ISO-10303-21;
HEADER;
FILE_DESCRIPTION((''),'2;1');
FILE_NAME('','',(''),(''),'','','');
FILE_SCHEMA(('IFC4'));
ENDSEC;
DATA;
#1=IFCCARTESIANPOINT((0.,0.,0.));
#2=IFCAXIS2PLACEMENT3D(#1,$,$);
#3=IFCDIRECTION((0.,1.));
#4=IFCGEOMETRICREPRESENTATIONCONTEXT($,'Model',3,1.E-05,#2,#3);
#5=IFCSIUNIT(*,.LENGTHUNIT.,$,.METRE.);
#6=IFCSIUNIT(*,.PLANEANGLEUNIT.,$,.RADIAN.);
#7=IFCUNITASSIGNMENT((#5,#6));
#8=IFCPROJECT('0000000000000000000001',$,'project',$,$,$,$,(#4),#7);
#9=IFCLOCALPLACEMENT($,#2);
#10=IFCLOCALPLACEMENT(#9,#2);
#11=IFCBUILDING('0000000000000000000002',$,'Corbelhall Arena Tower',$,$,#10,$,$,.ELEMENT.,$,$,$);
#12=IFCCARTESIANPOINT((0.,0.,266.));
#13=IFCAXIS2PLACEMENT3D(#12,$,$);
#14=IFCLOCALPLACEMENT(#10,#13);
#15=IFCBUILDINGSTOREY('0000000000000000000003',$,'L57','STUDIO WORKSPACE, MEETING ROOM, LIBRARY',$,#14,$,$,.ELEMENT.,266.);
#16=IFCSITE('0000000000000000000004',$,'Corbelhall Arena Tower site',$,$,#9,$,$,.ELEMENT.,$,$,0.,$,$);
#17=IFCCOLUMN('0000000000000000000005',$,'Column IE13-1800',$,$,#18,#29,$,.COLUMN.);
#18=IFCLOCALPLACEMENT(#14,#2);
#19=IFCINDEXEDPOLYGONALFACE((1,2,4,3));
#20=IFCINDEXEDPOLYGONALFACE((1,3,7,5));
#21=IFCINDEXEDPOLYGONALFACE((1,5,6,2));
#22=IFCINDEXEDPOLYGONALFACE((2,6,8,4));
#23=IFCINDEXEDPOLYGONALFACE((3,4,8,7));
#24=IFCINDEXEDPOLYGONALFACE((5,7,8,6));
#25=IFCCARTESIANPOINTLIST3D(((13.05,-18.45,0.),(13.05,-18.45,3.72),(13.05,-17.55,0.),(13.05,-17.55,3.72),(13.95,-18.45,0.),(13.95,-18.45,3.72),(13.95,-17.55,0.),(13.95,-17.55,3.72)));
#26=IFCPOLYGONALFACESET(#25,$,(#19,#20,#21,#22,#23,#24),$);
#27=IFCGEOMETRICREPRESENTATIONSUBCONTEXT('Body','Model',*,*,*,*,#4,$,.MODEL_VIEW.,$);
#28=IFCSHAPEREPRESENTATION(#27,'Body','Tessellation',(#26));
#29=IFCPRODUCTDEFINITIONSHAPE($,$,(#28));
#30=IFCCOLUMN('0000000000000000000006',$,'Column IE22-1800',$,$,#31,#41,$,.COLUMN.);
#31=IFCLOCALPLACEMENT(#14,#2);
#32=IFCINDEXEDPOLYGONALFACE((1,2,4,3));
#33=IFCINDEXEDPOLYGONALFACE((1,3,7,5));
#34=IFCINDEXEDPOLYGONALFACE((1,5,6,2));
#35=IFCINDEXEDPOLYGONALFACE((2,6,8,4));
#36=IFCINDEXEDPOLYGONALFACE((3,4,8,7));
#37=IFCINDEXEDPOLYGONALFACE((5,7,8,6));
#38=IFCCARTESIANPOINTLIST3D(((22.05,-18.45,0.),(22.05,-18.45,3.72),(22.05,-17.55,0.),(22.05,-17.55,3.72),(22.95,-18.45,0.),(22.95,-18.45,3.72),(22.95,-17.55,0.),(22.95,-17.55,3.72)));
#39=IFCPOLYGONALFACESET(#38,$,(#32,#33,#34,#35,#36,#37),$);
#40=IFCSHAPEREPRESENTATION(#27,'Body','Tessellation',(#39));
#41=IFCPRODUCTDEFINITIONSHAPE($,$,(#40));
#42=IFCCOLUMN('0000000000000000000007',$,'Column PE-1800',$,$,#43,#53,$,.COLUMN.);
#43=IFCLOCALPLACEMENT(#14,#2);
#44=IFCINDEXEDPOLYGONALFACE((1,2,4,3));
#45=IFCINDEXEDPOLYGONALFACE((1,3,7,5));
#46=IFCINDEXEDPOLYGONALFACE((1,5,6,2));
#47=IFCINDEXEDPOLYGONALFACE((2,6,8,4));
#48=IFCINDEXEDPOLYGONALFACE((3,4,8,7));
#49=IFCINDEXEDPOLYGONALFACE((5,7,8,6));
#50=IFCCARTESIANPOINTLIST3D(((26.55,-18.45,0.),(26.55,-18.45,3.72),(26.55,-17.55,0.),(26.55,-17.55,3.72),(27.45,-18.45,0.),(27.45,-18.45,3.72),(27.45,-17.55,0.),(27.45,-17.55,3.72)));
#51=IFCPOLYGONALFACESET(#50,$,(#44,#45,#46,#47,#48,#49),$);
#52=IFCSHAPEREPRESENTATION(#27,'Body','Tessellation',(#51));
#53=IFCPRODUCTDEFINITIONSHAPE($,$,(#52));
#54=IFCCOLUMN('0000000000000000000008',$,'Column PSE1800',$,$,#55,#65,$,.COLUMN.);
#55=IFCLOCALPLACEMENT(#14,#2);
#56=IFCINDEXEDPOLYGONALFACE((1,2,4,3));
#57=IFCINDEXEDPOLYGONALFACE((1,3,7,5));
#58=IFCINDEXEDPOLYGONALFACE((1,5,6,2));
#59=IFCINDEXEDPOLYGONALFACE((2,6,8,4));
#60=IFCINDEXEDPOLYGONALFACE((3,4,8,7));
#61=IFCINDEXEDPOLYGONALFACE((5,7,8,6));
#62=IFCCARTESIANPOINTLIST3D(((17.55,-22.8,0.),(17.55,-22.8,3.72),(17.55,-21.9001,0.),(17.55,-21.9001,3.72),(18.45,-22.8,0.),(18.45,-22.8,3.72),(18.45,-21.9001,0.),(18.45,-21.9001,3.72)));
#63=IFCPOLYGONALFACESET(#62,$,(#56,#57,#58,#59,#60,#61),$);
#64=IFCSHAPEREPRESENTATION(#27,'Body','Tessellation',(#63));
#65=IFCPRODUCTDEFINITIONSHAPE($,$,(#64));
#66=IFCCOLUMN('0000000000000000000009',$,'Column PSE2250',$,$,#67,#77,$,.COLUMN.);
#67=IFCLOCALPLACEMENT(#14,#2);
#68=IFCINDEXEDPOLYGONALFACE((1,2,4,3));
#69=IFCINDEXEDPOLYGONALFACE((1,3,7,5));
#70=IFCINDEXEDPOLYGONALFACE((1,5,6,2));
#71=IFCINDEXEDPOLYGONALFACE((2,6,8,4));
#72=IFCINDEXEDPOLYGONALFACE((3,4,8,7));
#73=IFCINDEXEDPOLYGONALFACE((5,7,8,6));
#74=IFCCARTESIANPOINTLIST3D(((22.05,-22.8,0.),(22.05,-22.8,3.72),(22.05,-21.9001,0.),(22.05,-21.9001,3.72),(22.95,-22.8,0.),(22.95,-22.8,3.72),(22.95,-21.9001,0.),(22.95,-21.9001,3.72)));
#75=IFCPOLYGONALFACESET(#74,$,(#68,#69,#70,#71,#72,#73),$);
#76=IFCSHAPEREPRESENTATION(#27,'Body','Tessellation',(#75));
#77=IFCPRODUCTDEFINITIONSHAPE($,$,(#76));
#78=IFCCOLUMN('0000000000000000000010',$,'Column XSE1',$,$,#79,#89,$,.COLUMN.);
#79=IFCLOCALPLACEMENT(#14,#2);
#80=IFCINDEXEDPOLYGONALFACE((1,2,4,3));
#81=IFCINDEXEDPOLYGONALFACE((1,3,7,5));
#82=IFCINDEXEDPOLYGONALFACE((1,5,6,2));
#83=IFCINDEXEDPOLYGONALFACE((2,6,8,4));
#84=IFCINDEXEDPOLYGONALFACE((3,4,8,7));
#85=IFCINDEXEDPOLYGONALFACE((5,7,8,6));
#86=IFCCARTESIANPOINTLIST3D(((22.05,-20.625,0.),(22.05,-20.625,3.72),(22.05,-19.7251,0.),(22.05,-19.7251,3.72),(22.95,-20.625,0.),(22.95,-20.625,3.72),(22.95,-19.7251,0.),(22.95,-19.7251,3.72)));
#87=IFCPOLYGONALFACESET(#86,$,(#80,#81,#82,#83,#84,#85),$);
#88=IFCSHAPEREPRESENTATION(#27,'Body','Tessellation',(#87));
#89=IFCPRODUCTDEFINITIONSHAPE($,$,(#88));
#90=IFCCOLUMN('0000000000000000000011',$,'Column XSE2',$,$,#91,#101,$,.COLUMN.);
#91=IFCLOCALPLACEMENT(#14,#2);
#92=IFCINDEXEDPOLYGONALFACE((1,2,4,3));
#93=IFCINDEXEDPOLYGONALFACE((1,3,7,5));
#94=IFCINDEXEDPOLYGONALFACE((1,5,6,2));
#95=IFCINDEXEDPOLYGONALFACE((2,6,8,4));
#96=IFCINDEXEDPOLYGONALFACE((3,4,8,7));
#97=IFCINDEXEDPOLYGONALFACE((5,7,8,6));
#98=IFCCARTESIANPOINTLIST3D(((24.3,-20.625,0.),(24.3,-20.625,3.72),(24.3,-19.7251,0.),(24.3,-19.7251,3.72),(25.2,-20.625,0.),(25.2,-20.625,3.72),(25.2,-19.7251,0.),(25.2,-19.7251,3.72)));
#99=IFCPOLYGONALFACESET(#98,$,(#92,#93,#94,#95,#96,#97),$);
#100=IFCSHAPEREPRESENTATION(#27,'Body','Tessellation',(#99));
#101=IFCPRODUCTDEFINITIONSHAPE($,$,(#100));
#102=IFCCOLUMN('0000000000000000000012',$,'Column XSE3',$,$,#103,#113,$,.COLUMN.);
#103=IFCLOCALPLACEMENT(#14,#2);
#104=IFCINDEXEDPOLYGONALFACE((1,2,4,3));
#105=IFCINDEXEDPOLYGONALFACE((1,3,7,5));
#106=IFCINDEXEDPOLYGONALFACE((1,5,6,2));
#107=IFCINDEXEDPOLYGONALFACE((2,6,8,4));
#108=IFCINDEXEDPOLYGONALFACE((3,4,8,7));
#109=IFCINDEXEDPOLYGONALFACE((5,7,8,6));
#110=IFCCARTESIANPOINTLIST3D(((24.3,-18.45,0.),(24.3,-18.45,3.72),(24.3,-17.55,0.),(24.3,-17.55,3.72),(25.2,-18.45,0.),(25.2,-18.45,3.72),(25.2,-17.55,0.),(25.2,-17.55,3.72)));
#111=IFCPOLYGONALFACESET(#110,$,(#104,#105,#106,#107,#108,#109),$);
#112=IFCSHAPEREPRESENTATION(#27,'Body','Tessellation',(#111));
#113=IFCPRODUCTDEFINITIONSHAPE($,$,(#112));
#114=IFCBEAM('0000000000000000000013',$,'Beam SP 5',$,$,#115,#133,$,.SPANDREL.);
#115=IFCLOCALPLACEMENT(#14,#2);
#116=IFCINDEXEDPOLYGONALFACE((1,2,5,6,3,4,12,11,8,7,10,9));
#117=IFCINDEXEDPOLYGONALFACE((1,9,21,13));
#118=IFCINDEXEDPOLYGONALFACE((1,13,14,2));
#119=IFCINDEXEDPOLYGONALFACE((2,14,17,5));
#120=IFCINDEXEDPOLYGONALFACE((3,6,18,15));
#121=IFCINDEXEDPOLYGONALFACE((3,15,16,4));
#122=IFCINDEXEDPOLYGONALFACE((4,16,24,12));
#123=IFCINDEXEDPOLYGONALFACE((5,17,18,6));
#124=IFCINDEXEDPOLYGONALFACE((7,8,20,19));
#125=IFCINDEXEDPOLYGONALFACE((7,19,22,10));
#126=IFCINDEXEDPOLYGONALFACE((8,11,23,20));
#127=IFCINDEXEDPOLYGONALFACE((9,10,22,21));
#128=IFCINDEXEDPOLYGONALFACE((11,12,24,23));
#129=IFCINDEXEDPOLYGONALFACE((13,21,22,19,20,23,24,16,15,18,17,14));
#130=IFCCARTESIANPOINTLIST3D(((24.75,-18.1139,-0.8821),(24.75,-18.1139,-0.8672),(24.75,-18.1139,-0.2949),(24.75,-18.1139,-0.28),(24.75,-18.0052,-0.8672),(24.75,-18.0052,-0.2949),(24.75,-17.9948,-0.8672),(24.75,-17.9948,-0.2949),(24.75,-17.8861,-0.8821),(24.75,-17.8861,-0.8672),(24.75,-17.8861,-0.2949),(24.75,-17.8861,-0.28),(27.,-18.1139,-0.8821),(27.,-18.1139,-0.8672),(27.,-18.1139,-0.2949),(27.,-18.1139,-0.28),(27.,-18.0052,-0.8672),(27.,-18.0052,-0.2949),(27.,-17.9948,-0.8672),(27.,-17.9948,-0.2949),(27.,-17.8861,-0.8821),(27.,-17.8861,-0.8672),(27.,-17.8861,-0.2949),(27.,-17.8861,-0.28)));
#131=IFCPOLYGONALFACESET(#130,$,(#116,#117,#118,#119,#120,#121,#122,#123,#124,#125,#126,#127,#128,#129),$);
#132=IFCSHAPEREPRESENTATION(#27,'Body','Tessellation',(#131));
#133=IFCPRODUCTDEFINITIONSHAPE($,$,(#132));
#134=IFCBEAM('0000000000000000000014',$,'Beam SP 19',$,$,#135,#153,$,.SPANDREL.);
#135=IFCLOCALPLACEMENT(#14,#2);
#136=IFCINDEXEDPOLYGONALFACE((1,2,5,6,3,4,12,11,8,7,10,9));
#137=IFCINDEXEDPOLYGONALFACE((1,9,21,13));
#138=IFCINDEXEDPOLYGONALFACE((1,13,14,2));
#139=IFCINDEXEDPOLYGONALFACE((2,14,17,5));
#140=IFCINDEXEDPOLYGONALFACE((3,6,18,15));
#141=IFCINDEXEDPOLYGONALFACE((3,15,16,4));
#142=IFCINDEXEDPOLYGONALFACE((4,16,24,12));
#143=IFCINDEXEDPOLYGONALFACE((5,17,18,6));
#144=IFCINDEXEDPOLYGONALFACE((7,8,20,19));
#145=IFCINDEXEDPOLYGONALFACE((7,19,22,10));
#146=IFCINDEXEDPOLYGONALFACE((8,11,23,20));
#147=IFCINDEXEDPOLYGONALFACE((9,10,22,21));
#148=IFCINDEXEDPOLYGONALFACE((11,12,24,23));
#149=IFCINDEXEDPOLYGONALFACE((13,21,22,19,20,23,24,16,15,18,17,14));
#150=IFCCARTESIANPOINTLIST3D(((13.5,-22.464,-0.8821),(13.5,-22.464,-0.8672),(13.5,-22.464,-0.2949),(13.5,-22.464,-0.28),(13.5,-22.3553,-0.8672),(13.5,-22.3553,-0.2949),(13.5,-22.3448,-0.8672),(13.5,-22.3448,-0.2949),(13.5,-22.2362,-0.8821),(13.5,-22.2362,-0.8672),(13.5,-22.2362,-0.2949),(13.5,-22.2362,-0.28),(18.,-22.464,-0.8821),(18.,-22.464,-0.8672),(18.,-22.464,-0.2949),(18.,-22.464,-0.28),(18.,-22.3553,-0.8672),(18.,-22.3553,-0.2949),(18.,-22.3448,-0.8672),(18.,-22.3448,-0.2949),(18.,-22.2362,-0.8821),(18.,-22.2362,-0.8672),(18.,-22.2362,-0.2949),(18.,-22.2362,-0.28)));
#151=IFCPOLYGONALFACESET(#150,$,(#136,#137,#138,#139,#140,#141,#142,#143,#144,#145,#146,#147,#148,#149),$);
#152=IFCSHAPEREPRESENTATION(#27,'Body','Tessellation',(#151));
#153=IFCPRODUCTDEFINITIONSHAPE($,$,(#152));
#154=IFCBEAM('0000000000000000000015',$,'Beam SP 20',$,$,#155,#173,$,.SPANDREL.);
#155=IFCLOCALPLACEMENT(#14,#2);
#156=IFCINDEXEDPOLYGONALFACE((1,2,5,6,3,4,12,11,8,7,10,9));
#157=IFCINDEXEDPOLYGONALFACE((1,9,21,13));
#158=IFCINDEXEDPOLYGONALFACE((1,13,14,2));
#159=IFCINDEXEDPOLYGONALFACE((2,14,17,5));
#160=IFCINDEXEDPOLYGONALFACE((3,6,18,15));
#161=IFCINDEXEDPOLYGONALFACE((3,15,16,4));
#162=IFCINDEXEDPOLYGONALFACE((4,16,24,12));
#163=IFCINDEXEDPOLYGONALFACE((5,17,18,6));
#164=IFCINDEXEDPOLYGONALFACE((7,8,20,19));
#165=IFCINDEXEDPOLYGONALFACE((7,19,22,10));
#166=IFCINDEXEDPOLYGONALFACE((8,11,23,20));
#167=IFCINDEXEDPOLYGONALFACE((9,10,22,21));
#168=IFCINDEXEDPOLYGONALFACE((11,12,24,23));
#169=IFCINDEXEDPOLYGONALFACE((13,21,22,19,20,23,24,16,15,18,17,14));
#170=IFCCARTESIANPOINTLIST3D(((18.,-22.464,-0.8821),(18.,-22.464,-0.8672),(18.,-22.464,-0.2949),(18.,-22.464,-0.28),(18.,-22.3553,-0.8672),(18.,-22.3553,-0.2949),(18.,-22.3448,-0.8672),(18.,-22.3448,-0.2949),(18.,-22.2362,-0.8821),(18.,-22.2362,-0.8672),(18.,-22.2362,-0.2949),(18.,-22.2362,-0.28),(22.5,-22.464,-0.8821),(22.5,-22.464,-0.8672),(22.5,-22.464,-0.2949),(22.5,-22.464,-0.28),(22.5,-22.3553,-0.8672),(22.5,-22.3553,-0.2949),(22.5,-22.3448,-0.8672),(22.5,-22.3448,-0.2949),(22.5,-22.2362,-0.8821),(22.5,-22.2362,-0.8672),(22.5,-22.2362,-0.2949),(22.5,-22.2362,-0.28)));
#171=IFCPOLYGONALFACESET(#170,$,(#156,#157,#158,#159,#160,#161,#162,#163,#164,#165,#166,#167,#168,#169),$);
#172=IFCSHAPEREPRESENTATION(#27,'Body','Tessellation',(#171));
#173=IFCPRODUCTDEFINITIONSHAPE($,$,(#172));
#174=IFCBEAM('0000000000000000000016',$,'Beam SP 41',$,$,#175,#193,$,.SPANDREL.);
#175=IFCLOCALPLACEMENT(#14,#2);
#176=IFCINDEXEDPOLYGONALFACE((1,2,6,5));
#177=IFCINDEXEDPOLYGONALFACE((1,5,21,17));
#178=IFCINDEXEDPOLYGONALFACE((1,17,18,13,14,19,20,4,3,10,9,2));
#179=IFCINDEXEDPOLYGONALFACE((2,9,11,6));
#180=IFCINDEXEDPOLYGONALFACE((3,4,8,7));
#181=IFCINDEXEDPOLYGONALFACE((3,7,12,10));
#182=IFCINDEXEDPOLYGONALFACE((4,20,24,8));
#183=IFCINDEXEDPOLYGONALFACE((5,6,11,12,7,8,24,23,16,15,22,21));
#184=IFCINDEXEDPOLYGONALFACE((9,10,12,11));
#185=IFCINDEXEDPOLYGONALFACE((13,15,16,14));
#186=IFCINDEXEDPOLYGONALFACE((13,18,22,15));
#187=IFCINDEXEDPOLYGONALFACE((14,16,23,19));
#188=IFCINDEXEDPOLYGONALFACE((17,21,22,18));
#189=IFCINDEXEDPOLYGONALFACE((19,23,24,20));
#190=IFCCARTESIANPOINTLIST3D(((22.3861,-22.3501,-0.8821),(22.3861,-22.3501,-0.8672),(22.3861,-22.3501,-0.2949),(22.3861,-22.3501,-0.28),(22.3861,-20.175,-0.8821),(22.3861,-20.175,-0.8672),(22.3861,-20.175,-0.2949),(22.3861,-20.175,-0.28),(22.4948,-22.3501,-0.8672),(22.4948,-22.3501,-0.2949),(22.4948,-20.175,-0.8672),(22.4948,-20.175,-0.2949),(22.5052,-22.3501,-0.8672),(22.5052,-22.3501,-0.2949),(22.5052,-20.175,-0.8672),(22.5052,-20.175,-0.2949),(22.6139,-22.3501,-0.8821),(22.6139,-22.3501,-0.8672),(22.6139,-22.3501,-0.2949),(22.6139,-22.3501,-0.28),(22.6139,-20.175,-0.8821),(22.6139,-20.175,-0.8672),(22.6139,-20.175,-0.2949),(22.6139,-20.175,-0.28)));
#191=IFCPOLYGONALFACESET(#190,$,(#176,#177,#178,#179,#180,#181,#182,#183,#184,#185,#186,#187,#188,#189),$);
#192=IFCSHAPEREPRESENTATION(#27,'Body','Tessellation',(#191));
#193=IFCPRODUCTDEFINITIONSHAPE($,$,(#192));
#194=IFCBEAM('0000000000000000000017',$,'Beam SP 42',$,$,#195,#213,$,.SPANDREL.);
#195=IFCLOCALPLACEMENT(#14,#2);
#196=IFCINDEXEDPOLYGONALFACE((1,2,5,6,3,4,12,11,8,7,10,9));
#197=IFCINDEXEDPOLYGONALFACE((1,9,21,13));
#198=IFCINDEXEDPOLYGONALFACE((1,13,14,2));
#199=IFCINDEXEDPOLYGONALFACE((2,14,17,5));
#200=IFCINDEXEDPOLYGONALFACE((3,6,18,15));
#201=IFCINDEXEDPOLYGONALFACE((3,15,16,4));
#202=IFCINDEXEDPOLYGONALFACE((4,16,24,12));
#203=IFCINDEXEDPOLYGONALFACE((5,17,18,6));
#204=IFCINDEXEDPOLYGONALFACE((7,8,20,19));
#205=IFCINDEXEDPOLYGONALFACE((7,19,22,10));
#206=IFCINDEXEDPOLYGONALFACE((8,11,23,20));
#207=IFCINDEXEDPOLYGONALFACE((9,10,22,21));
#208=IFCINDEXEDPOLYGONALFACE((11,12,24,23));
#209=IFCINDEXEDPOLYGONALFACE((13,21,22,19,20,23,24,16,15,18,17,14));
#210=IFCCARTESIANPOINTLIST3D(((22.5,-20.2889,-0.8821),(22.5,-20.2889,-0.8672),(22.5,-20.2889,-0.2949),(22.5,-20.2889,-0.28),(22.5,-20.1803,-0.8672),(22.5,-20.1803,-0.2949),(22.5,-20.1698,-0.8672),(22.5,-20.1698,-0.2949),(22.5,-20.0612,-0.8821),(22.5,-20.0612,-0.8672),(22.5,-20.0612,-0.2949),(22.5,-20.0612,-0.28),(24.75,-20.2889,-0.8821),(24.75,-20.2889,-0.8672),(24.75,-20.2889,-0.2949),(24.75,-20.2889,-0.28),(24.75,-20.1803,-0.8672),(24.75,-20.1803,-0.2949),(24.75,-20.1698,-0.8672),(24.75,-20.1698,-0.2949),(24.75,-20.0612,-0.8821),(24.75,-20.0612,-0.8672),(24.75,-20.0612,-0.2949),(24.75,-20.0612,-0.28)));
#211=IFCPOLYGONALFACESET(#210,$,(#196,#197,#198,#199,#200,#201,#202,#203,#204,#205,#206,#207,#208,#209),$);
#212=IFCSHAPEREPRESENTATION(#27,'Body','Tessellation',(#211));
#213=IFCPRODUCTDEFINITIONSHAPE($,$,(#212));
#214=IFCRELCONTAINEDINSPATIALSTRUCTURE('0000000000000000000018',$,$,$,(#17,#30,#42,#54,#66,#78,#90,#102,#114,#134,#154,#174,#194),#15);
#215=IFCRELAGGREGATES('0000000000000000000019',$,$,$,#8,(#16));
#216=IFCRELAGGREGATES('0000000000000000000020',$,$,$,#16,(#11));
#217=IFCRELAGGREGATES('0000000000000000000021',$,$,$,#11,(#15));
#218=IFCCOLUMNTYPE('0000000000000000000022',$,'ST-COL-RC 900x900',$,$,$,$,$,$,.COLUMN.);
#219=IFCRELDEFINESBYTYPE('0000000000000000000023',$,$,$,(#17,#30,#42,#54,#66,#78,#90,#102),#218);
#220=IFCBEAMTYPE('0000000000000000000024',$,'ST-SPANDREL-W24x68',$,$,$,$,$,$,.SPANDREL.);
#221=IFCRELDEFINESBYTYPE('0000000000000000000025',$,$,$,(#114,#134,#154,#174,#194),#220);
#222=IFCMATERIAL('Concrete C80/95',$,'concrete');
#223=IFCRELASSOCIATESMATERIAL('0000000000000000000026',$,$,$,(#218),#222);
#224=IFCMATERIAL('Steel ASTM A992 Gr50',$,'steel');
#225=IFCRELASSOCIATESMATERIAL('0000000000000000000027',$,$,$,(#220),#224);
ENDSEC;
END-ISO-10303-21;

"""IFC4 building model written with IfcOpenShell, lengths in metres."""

from ifc_helpers import new_model, si_unit, direction, frame, origin, origin_2d, place, context, subcontext, project, spatial, rectangle, i_section, extrude, material, material_profile, profile_set, type_object, element, save


model = new_model("IFC4")

# Units and contexts
model_context = context("Model", 3, precision=1e-05, world=origin(), true_north=direction((0.0, 1.0)))
body_context = subcontext(model_context, "Body", "Model", "MODEL_VIEW")
ifc_project = project(units=[si_unit("LENGTHUNIT", "METRE"), si_unit("PLANEANGLEUNIT", "RADIAN")], contexts=[model_context])

# Site, building, storey
site_placement = place(None, origin())
site = spatial("IfcSite", under=ifc_project, at=site_placement, Name="Corbelhall Arena Tower site", CompositionType="ELEMENT", RefElevation=0.0)
building_placement = place(site_placement, origin())
building = spatial("IfcBuilding", under=site, at=building_placement, Name="Corbelhall Arena Tower", CompositionType="ELEMENT")
storey_placement = place(building_placement, frame((0.0, 0.0, 266.0)))
storey = spatial("IfcBuildingStorey", under=building, at=storey_placement, Name="L57", Description="STUDIO WORKSPACE, MEETING ROOM, LIBRARY", CompositionType="ELEMENT", Elevation=266.0)

# Columns
ifc_material_1 = material(Name="Concrete C80/95", Category="concrete")
ifc_material_profile_1 = material_profile(ifc_material_1, rectangle(XDim=0.8999, YDim=0.8999, at=origin_2d()))
ifc_profile_set_1 = profile_set([ifc_material_profile_1], Name="Concrete C80/95")
column_type = type_object("IfcColumnType", Name="ST-COL-RC 900x900", PredefinedType="COLUMN", material=ifc_profile_set_1)
for number, where, z_axis, x_axis, name in (
    (1, (13.5, -18.0, 0.0), (0.0, 0.0, 1.0), (1.0, 0.0, 0.0), "Column IE13-1800"),
    (2, (22.5, -18.0, 0.0), (0.0, 0.0, 1.0), (1.0, 0.0, 0.0), "Column IE22-1800"),
    (3, (27.0, -18.0, 0.0), (0.0, 0.0, 1.0), (0.0, 1.0, 0.0), "Column PE-1800"),
    (4, (18.0, -22.3501, 0.0), (0.0, 0.0, 1.0), (1.0, 0.0, 0.0), "Column PSE1800"),
    (5, (22.5, -22.3501, 0.0), (0.0, 0.0, 1.0), (1.0, 0.0, 0.0), "Column PSE2250"),
    (6, (22.5, -20.175, 0.0), (0.0, 0.0, 1.0), (1.0, 0.0, 0.0), "Column XSE1"),
    (7, (24.75, -20.175, 0.0), (0.0, 0.0, 1.0), (1.0, 0.0, 0.0), "Column XSE2"),
    (8, (24.75, -18.0, 0.0), (0.0, 0.0, 1.0), (1.0, 0.0, 0.0), "Column XSE3"),
):
    element("IfcColumn", number, at=place(storey_placement, frame(where, z_axis=z_axis, x_axis=x_axis)), inside=storey, type_object=column_type, Name=name, PredefinedType="COLUMN", context=body_context, shape_type="SweptSolid", body=[
        extrude(rectangle(XDim=0.8999, YDim=0.8999, at=origin_2d()), origin(), (0.0, 0.0, 1.0), 3.72),
    ])

# Beams
ifc_material_2 = material(Name="Steel ASTM A992 Gr50", Category="steel")
ifc_material_profile_2 = material_profile(ifc_material_2, i_section(OverallWidth=0.2278, OverallDepth=0.6021, WebThickness=0.0105, FlangeThickness=0.0149, at=origin_2d()))
ifc_profile_set_2 = profile_set([ifc_material_profile_2], Name="Steel ASTM A992 Gr50")
beam_type = type_object("IfcBeamType", Name="ST-SPANDREL-W24x68", PredefinedType="SPANDREL", material=ifc_profile_set_2)
beam_1_placement = place(storey_placement, frame((27.0, -18.0, -0.5811), z_axis=(-1.0, 0.0, 0.0), x_axis=(0.0, -1.0, 0.0)))
element("IfcBeam", 9, at=beam_1_placement, inside=storey, type_object=beam_type, Name="Beam SP 5", PredefinedType="SPANDREL", context=body_context, shape_type="SweptSolid", body=[
    extrude(i_section(OverallWidth=0.2278, OverallDepth=0.6021, WebThickness=0.0105, FlangeThickness=0.0149, at=origin_2d()), origin(), (0.0, 0.0, 1.0), 2.25),
])
for number, where, z_axis, x_axis, name in (
    (10, (18.0, -22.3501, -0.5811), (-1.0, 0.0, 0.0), (0.0, -1.0, 0.0), "Beam SP 19"),
    (11, (22.5, -22.3501, -0.5811), (-1.0, 0.0, 0.0), (0.0, -1.0, 0.0), "Beam SP 20"),
):
    element("IfcBeam", number, at=place(storey_placement, frame(where, z_axis=z_axis, x_axis=x_axis)), inside=storey, type_object=beam_type, Name=name, PredefinedType="SPANDREL", context=body_context, shape_type="SweptSolid", body=[
        extrude(i_section(OverallWidth=0.2278, OverallDepth=0.6021, WebThickness=0.0105, FlangeThickness=0.0149, at=origin_2d()), origin(), (0.0, 0.0, 1.0), 4.5),
    ])
beam_2_placement = place(storey_placement, frame((22.5, -20.175, -0.5811), z_axis=(0.0, -1.0, 0.0), x_axis=(1.0, 0.0, 0.0)))
element("IfcBeam", 12, at=beam_2_placement, inside=storey, type_object=beam_type, Name="Beam SP 41", PredefinedType="SPANDREL", context=body_context, shape_type="SweptSolid", body=[
    extrude(i_section(OverallWidth=0.2278, OverallDepth=0.6021, WebThickness=0.0105, FlangeThickness=0.0149, at=origin_2d()), origin(), (0.0, 0.0, 1.0), 2.175),
])
beam_3_placement = place(storey_placement, frame((24.75, -20.175, -0.5811), z_axis=(-1.0, 0.0, 0.0), x_axis=(0.0, -1.0, 0.0)))
element("IfcBeam", 13, at=beam_3_placement, inside=storey, type_object=beam_type, Name="Beam SP 42", PredefinedType="SPANDREL", context=body_context, shape_type="SweptSolid", body=[
    extrude(i_section(OverallWidth=0.2278, OverallDepth=0.6021, WebThickness=0.0105, FlangeThickness=0.0149, at=origin_2d()), origin(), (0.0, 0.0, 1.0), 2.25),
])

save(model, "model.ifc")
